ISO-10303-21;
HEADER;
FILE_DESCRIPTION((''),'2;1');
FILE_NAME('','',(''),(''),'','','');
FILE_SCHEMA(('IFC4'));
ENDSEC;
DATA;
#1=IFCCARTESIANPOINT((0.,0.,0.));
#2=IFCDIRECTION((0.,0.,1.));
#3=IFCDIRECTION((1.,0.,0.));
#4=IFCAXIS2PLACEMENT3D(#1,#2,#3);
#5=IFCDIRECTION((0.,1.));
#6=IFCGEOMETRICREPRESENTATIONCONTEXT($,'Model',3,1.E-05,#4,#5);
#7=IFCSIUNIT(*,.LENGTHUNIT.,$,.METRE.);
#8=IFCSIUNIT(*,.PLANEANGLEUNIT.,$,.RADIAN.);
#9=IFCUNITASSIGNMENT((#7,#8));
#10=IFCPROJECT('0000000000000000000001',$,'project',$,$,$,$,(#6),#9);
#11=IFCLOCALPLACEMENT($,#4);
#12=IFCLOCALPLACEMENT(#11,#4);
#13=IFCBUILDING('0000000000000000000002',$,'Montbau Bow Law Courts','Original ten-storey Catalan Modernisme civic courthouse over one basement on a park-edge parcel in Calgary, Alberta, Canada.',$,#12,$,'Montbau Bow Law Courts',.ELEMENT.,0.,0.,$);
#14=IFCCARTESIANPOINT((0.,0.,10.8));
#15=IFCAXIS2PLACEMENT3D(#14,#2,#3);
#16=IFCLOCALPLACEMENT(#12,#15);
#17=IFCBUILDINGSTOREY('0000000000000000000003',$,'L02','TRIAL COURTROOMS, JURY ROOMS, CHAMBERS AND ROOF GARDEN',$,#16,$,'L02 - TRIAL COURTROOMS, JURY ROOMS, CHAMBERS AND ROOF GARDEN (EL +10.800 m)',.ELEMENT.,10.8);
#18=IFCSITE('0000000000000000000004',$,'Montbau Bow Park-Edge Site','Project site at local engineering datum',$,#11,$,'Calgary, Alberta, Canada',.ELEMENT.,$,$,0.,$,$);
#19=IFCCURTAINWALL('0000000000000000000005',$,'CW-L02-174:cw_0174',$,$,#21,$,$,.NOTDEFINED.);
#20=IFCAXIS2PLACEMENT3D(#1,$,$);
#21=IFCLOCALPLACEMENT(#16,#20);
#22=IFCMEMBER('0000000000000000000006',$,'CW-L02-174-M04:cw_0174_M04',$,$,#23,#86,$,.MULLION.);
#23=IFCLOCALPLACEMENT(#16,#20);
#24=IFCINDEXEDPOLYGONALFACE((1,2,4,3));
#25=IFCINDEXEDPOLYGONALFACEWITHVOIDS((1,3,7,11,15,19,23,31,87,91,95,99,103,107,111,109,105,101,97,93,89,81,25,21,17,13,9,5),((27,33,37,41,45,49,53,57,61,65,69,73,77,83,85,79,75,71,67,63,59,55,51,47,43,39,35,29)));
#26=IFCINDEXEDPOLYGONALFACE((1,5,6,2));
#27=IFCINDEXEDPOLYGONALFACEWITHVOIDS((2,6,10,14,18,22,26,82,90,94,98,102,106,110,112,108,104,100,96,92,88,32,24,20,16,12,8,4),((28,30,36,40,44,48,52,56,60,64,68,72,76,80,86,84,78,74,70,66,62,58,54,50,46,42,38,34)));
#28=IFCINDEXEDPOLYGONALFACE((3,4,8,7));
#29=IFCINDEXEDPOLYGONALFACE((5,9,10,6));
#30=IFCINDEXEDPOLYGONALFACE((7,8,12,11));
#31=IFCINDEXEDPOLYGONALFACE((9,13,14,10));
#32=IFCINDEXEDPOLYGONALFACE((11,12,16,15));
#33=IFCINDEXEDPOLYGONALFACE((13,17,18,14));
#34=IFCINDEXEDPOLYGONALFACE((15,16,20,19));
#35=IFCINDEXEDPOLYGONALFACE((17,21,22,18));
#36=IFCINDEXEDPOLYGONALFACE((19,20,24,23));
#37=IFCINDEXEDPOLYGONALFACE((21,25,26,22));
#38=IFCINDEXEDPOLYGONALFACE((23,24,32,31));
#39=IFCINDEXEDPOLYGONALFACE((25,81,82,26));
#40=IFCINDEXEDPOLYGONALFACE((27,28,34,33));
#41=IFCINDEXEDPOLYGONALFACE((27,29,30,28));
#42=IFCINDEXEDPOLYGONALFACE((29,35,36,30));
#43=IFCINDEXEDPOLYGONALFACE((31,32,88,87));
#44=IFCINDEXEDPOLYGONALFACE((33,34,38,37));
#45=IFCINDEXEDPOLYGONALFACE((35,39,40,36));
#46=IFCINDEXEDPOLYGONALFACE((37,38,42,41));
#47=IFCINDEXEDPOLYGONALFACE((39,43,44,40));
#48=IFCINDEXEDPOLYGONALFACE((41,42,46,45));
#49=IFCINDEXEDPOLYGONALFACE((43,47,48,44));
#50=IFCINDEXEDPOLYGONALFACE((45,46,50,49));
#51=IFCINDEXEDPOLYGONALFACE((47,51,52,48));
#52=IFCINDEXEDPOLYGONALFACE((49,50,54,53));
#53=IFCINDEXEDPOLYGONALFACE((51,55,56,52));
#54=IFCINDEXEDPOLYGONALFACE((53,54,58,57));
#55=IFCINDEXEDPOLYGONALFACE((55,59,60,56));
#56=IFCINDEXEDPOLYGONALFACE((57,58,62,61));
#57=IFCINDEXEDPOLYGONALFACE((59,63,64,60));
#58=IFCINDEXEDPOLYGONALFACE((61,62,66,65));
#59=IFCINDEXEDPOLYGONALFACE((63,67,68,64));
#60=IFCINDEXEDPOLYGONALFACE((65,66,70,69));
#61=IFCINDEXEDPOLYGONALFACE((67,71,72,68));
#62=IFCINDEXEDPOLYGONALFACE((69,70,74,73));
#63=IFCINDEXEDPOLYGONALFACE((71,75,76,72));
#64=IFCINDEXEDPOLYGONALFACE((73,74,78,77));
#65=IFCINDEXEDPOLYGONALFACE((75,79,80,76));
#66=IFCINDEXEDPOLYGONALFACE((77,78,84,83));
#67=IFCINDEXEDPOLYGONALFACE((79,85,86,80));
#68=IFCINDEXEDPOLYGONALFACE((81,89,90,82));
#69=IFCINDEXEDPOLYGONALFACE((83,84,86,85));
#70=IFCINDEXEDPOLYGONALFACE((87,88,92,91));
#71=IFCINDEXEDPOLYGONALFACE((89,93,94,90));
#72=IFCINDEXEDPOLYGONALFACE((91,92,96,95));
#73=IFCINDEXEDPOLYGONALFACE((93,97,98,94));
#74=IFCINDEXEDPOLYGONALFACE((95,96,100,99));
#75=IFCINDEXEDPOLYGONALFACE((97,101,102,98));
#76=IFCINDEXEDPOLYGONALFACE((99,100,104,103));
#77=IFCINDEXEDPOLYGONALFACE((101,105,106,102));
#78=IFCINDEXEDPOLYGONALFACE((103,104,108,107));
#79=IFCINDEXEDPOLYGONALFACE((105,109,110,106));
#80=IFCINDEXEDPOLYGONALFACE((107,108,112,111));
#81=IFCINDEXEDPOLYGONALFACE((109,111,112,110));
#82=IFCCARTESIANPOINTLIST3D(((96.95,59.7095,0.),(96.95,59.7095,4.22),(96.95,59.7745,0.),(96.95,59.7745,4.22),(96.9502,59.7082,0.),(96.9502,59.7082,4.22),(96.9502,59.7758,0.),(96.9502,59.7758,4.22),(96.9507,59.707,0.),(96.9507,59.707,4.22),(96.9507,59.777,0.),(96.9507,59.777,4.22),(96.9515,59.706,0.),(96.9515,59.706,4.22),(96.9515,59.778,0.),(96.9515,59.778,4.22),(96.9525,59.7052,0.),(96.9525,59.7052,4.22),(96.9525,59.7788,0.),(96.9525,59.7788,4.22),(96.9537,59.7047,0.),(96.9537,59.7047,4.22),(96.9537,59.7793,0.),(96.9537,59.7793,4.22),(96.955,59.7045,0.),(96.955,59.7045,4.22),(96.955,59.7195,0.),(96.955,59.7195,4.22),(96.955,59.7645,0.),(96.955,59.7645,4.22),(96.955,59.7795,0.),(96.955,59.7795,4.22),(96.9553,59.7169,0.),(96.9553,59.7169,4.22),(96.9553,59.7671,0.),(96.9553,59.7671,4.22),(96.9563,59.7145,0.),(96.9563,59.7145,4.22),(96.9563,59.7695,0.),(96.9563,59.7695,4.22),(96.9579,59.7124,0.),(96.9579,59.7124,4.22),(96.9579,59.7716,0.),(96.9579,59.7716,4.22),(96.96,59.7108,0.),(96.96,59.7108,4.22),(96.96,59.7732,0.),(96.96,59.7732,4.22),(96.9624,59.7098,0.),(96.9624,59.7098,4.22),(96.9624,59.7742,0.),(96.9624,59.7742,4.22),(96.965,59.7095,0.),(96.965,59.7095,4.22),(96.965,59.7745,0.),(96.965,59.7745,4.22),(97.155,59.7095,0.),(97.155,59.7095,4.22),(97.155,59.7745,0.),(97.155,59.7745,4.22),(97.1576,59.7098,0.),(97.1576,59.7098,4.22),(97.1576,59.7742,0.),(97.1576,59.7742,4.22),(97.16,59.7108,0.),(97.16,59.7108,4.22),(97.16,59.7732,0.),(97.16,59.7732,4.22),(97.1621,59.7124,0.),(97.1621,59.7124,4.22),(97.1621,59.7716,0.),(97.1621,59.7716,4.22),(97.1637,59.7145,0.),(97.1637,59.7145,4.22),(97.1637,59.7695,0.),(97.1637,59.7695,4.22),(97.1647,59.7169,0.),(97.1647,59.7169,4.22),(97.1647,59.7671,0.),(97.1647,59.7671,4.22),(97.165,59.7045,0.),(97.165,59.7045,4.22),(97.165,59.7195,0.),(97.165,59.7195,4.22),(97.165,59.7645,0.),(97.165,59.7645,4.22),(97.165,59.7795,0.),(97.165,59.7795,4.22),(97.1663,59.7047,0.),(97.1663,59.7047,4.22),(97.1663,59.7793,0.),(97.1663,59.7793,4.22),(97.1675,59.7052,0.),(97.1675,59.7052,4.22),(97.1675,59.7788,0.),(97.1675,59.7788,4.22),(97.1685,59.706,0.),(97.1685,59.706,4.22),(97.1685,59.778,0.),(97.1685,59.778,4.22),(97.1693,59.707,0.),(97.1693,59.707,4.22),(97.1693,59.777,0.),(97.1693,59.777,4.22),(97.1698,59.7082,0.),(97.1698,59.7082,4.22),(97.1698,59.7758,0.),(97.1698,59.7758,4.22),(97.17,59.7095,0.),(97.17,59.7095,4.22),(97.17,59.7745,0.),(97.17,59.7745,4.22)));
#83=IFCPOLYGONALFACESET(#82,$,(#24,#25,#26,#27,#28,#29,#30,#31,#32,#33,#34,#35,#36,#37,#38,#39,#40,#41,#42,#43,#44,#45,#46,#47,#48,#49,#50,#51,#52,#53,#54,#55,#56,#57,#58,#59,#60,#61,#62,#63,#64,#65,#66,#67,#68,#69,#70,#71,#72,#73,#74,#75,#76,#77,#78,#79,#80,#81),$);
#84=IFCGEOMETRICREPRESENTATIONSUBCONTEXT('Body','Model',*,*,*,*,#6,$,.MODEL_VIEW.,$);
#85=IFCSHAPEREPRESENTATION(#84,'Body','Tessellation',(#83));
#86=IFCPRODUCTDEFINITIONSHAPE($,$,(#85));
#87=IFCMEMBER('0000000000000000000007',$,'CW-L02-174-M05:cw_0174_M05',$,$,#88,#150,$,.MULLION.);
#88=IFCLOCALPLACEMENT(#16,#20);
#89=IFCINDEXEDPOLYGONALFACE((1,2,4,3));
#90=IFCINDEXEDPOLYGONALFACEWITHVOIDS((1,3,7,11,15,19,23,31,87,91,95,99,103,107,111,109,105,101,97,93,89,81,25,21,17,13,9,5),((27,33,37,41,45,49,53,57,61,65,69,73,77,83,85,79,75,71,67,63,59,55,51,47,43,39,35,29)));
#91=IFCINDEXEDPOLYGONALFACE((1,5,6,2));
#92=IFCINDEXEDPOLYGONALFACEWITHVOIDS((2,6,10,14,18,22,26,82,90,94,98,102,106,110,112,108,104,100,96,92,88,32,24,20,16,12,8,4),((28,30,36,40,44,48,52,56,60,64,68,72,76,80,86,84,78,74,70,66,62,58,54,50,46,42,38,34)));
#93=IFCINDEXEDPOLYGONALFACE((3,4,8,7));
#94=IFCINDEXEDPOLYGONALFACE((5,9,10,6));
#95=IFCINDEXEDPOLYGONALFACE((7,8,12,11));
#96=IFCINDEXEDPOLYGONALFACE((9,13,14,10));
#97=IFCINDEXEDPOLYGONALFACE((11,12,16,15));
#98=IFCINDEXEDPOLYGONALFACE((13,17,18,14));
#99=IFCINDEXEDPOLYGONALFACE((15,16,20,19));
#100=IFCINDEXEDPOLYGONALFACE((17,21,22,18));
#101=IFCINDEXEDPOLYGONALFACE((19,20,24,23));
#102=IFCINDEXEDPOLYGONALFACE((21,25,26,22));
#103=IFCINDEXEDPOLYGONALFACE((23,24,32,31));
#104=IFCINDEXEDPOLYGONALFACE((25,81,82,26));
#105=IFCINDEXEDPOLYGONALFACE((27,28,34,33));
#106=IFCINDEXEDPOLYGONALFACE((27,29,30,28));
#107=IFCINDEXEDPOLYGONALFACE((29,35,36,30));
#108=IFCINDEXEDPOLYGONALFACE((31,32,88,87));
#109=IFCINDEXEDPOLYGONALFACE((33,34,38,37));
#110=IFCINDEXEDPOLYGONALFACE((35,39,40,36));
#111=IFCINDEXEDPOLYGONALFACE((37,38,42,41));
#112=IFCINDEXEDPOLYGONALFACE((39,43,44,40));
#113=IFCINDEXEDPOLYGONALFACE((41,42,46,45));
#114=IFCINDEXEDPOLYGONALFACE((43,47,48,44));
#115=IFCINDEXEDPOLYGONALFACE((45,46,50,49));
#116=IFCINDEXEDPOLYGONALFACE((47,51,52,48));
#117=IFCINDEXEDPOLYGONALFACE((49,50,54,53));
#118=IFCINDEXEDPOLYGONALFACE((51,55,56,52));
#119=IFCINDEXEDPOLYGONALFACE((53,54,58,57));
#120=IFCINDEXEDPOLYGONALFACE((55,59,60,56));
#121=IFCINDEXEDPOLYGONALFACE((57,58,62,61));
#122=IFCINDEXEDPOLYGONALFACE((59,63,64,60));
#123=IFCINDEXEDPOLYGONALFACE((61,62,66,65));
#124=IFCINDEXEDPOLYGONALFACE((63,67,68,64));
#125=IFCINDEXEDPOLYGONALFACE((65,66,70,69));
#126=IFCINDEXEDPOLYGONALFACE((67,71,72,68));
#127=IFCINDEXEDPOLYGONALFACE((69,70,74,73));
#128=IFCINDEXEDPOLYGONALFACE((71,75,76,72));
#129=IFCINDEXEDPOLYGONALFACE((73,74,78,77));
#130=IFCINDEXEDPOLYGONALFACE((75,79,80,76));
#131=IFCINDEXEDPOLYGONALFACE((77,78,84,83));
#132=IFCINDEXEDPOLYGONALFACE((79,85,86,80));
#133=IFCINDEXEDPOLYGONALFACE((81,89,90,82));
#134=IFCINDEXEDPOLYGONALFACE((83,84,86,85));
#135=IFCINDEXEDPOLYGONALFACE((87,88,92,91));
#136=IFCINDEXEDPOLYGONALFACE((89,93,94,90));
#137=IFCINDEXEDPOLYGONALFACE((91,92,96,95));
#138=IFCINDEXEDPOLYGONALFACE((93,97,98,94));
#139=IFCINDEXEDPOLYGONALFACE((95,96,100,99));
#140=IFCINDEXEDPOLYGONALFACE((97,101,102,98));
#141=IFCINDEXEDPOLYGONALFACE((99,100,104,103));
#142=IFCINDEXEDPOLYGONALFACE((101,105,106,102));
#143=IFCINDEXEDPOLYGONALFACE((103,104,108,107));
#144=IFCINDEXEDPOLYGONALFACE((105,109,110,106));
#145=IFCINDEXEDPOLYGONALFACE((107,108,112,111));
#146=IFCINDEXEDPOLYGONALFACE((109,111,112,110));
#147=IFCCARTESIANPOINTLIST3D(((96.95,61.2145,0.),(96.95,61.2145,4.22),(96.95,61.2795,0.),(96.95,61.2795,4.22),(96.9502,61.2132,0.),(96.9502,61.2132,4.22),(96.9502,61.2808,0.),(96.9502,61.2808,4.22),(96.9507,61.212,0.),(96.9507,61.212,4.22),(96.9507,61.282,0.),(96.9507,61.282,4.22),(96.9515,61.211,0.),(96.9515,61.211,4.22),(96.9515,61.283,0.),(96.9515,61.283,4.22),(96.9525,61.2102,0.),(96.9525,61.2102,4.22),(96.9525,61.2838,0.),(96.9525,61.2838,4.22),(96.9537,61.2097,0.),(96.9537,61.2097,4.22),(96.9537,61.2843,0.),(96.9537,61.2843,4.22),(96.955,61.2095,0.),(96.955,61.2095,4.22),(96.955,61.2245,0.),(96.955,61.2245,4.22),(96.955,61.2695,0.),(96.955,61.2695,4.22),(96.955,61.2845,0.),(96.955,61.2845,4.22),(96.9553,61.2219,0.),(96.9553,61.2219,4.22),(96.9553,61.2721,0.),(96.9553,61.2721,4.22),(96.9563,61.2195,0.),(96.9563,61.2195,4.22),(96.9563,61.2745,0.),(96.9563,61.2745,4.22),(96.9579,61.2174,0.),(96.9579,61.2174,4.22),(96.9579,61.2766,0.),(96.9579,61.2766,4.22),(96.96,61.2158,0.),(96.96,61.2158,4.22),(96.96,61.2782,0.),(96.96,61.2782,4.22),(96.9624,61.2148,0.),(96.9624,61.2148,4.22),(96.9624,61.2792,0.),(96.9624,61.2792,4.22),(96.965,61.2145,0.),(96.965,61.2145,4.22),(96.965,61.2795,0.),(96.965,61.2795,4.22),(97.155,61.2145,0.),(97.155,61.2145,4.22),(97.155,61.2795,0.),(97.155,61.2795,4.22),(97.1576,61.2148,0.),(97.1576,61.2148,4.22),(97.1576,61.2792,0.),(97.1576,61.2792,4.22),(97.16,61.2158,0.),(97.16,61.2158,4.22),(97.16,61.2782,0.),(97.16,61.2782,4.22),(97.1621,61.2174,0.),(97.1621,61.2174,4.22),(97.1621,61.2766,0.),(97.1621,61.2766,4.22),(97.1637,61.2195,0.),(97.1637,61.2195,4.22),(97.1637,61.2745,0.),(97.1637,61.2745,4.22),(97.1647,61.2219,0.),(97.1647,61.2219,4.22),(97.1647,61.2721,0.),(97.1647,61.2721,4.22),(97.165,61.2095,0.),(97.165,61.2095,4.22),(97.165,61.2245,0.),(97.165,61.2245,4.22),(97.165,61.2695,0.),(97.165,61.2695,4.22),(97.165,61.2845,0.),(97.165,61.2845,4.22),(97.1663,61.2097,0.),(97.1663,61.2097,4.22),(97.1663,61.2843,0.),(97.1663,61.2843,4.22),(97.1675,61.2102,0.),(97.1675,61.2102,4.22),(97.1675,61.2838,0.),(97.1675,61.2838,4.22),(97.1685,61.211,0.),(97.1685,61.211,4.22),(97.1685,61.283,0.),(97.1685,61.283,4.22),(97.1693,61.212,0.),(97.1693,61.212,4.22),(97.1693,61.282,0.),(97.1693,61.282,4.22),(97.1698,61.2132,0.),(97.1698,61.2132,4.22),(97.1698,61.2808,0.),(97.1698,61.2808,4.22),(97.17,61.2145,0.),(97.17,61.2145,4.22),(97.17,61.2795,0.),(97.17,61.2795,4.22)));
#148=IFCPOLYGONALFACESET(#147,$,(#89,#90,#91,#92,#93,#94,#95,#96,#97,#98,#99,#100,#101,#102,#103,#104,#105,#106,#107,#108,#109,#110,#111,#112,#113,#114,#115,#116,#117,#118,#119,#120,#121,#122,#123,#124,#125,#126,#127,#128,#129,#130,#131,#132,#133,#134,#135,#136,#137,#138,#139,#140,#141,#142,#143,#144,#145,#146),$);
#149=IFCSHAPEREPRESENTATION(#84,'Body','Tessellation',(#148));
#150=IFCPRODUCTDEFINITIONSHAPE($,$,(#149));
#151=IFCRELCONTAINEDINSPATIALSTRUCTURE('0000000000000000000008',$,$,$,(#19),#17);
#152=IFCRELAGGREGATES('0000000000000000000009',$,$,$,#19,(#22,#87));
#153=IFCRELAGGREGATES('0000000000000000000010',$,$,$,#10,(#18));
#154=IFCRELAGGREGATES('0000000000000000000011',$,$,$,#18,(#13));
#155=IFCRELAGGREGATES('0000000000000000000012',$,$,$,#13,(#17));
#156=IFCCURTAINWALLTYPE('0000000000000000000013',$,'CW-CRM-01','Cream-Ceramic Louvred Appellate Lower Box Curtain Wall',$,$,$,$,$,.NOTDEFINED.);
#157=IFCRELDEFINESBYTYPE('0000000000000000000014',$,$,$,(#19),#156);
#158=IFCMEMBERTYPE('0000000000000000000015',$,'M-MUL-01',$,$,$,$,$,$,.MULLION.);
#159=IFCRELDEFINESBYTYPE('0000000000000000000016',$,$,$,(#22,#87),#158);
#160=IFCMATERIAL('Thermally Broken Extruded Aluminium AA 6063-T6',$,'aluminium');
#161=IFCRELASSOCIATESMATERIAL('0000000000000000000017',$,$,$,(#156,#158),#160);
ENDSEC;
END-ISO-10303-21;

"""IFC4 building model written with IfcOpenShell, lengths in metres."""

from ifc_helpers import new_model, si_unit, direction, frame, origin_with_axes, origin_2d_with_axis, place, context, subcontext, project, spatial, hollow_rectangle, extrude, material, material_profile, profile_set, type_object, element, aggregate, save


model = new_model("IFC4")

# Units and contexts
model_context = context("Model", 3, precision=1e-05, world=origin_with_axes(), true_north=direction((0.0, 1.0)))
body_context = subcontext(model_context, "Body", "Model", "MODEL_VIEW")
ifc_project = project(units=[si_unit("LENGTHUNIT", "METRE"), si_unit("PLANEANGLEUNIT", "RADIAN")], contexts=[model_context])

# Site, building, storey
site_placement = place(None, origin_with_axes())
site = spatial("IfcSite", under=ifc_project, at=site_placement, Name="Montbau Bow Park-Edge Site", Description="Project site at local engineering datum", LongName="Calgary, Alberta, Canada", CompositionType="ELEMENT", RefElevation=0.0)
building_placement = place(site_placement, origin_with_axes())
building = spatial("IfcBuilding", under=site, at=building_placement, Name="Montbau Bow Law Courts", Description="Original ten-storey Catalan Modernisme civic courthouse over one basement on a park-edge parcel in Calgary, Alberta, Canada.", LongName="Montbau Bow Law Courts", CompositionType="ELEMENT", ElevationOfRefHeight=0.0, ElevationOfTerrain=0.0)
storey_placement = place(building_placement, frame((0.0, 0.0, 10.8), z_axis=(0.0, 0.0, 1.0), x_axis=(1.0, 0.0, 0.0)))
storey = spatial("IfcBuildingStorey", under=building, at=storey_placement, Name="L02", Description="TRIAL COURTROOMS, JURY ROOMS, CHAMBERS AND ROOF GARDEN", LongName="L02 - TRIAL COURTROOMS, JURY ROOMS, CHAMBERS AND ROOF GARDEN (EL +10.800 m)", CompositionType="ELEMENT", Elevation=10.8)

# Curtain wall, members
ifc_material_1 = material(Name="Thermally Broken Extruded Aluminium AA 6063-T6", Category="aluminium")
curtain_wall_type = type_object("IfcCurtainWallType", Name="CW-CRM-01", Description="Cream-Ceramic Louvred Appellate Lower Box Curtain Wall", PredefinedType="NOTDEFINED", material=ifc_material_1)
curtain_wall_placement = place(None, frame((97.06, 55.115, 10.8), z_axis=(0.0, 0.0, 1.0), x_axis=(1.0, 0.0, 0.0)))
curtain_wall = element("IfcCurtainWall", 1, at=curtain_wall_placement, inside=storey, type_object=curtain_wall_type, Name="CW-L02-174:cw_0174", PredefinedType="NOTDEFINED")
ifc_material_profile_1 = material_profile(ifc_material_1, hollow_rectangle(XDim=0.075, YDim=0.22, WallThickness=0.005, InnerFilletRadius=0.01, OuterFilletRadius=0.005, at=origin_2d_with_axis()), Name="CWM-220X75", Category="Main", Priority=0)
ifc_profile_set_1 = profile_set([ifc_material_profile_1], Name="Thermally Broken Extruded Aluminium AA 6063-T6")
member_type_1 = type_object("IfcMemberType", Name="M-MUL-01", PredefinedType="MULLION", material=ifc_profile_set_1)
member_1_placement = place(None, frame((97.06, 59.742, 10.8), z_axis=(0.0, 0.0, 1.0), x_axis=(0.0, 1.0, 0.0)))
member_1 = element("IfcMember", 2, at=member_1_placement, type_object=member_type_1, Name="CW-L02-174-M04:cw_0174_M04", PredefinedType="MULLION", context=body_context, shape_type="SweptSolid", body=[
    extrude(hollow_rectangle(XDim=0.075, YDim=0.22, WallThickness=0.005, InnerFilletRadius=0.01, OuterFilletRadius=0.005, at=origin_2d_with_axis()), origin_with_axes(), (0.0, 0.0, 1.0), 4.22),
])
member_2_placement = place(None, frame((97.06, 61.247, 10.8), z_axis=(0.0, 0.0, 1.0), x_axis=(0.0, 1.0, 0.0)))
member_2 = element("IfcMember", 3, at=member_2_placement, type_object=member_type_1, Name="CW-L02-174-M05:cw_0174_M05", PredefinedType="MULLION", context=body_context, shape_type="SweptSolid", body=[
    extrude(hollow_rectangle(XDim=0.075, YDim=0.22, WallThickness=0.005, InnerFilletRadius=0.01, OuterFilletRadius=0.005, at=origin_2d_with_axis()), origin_with_axes(), (0.0, 0.0, 1.0), 4.22),
])
aggregate(curtain_wall, [member_1, member_2])

save(model, "model.ifc")
